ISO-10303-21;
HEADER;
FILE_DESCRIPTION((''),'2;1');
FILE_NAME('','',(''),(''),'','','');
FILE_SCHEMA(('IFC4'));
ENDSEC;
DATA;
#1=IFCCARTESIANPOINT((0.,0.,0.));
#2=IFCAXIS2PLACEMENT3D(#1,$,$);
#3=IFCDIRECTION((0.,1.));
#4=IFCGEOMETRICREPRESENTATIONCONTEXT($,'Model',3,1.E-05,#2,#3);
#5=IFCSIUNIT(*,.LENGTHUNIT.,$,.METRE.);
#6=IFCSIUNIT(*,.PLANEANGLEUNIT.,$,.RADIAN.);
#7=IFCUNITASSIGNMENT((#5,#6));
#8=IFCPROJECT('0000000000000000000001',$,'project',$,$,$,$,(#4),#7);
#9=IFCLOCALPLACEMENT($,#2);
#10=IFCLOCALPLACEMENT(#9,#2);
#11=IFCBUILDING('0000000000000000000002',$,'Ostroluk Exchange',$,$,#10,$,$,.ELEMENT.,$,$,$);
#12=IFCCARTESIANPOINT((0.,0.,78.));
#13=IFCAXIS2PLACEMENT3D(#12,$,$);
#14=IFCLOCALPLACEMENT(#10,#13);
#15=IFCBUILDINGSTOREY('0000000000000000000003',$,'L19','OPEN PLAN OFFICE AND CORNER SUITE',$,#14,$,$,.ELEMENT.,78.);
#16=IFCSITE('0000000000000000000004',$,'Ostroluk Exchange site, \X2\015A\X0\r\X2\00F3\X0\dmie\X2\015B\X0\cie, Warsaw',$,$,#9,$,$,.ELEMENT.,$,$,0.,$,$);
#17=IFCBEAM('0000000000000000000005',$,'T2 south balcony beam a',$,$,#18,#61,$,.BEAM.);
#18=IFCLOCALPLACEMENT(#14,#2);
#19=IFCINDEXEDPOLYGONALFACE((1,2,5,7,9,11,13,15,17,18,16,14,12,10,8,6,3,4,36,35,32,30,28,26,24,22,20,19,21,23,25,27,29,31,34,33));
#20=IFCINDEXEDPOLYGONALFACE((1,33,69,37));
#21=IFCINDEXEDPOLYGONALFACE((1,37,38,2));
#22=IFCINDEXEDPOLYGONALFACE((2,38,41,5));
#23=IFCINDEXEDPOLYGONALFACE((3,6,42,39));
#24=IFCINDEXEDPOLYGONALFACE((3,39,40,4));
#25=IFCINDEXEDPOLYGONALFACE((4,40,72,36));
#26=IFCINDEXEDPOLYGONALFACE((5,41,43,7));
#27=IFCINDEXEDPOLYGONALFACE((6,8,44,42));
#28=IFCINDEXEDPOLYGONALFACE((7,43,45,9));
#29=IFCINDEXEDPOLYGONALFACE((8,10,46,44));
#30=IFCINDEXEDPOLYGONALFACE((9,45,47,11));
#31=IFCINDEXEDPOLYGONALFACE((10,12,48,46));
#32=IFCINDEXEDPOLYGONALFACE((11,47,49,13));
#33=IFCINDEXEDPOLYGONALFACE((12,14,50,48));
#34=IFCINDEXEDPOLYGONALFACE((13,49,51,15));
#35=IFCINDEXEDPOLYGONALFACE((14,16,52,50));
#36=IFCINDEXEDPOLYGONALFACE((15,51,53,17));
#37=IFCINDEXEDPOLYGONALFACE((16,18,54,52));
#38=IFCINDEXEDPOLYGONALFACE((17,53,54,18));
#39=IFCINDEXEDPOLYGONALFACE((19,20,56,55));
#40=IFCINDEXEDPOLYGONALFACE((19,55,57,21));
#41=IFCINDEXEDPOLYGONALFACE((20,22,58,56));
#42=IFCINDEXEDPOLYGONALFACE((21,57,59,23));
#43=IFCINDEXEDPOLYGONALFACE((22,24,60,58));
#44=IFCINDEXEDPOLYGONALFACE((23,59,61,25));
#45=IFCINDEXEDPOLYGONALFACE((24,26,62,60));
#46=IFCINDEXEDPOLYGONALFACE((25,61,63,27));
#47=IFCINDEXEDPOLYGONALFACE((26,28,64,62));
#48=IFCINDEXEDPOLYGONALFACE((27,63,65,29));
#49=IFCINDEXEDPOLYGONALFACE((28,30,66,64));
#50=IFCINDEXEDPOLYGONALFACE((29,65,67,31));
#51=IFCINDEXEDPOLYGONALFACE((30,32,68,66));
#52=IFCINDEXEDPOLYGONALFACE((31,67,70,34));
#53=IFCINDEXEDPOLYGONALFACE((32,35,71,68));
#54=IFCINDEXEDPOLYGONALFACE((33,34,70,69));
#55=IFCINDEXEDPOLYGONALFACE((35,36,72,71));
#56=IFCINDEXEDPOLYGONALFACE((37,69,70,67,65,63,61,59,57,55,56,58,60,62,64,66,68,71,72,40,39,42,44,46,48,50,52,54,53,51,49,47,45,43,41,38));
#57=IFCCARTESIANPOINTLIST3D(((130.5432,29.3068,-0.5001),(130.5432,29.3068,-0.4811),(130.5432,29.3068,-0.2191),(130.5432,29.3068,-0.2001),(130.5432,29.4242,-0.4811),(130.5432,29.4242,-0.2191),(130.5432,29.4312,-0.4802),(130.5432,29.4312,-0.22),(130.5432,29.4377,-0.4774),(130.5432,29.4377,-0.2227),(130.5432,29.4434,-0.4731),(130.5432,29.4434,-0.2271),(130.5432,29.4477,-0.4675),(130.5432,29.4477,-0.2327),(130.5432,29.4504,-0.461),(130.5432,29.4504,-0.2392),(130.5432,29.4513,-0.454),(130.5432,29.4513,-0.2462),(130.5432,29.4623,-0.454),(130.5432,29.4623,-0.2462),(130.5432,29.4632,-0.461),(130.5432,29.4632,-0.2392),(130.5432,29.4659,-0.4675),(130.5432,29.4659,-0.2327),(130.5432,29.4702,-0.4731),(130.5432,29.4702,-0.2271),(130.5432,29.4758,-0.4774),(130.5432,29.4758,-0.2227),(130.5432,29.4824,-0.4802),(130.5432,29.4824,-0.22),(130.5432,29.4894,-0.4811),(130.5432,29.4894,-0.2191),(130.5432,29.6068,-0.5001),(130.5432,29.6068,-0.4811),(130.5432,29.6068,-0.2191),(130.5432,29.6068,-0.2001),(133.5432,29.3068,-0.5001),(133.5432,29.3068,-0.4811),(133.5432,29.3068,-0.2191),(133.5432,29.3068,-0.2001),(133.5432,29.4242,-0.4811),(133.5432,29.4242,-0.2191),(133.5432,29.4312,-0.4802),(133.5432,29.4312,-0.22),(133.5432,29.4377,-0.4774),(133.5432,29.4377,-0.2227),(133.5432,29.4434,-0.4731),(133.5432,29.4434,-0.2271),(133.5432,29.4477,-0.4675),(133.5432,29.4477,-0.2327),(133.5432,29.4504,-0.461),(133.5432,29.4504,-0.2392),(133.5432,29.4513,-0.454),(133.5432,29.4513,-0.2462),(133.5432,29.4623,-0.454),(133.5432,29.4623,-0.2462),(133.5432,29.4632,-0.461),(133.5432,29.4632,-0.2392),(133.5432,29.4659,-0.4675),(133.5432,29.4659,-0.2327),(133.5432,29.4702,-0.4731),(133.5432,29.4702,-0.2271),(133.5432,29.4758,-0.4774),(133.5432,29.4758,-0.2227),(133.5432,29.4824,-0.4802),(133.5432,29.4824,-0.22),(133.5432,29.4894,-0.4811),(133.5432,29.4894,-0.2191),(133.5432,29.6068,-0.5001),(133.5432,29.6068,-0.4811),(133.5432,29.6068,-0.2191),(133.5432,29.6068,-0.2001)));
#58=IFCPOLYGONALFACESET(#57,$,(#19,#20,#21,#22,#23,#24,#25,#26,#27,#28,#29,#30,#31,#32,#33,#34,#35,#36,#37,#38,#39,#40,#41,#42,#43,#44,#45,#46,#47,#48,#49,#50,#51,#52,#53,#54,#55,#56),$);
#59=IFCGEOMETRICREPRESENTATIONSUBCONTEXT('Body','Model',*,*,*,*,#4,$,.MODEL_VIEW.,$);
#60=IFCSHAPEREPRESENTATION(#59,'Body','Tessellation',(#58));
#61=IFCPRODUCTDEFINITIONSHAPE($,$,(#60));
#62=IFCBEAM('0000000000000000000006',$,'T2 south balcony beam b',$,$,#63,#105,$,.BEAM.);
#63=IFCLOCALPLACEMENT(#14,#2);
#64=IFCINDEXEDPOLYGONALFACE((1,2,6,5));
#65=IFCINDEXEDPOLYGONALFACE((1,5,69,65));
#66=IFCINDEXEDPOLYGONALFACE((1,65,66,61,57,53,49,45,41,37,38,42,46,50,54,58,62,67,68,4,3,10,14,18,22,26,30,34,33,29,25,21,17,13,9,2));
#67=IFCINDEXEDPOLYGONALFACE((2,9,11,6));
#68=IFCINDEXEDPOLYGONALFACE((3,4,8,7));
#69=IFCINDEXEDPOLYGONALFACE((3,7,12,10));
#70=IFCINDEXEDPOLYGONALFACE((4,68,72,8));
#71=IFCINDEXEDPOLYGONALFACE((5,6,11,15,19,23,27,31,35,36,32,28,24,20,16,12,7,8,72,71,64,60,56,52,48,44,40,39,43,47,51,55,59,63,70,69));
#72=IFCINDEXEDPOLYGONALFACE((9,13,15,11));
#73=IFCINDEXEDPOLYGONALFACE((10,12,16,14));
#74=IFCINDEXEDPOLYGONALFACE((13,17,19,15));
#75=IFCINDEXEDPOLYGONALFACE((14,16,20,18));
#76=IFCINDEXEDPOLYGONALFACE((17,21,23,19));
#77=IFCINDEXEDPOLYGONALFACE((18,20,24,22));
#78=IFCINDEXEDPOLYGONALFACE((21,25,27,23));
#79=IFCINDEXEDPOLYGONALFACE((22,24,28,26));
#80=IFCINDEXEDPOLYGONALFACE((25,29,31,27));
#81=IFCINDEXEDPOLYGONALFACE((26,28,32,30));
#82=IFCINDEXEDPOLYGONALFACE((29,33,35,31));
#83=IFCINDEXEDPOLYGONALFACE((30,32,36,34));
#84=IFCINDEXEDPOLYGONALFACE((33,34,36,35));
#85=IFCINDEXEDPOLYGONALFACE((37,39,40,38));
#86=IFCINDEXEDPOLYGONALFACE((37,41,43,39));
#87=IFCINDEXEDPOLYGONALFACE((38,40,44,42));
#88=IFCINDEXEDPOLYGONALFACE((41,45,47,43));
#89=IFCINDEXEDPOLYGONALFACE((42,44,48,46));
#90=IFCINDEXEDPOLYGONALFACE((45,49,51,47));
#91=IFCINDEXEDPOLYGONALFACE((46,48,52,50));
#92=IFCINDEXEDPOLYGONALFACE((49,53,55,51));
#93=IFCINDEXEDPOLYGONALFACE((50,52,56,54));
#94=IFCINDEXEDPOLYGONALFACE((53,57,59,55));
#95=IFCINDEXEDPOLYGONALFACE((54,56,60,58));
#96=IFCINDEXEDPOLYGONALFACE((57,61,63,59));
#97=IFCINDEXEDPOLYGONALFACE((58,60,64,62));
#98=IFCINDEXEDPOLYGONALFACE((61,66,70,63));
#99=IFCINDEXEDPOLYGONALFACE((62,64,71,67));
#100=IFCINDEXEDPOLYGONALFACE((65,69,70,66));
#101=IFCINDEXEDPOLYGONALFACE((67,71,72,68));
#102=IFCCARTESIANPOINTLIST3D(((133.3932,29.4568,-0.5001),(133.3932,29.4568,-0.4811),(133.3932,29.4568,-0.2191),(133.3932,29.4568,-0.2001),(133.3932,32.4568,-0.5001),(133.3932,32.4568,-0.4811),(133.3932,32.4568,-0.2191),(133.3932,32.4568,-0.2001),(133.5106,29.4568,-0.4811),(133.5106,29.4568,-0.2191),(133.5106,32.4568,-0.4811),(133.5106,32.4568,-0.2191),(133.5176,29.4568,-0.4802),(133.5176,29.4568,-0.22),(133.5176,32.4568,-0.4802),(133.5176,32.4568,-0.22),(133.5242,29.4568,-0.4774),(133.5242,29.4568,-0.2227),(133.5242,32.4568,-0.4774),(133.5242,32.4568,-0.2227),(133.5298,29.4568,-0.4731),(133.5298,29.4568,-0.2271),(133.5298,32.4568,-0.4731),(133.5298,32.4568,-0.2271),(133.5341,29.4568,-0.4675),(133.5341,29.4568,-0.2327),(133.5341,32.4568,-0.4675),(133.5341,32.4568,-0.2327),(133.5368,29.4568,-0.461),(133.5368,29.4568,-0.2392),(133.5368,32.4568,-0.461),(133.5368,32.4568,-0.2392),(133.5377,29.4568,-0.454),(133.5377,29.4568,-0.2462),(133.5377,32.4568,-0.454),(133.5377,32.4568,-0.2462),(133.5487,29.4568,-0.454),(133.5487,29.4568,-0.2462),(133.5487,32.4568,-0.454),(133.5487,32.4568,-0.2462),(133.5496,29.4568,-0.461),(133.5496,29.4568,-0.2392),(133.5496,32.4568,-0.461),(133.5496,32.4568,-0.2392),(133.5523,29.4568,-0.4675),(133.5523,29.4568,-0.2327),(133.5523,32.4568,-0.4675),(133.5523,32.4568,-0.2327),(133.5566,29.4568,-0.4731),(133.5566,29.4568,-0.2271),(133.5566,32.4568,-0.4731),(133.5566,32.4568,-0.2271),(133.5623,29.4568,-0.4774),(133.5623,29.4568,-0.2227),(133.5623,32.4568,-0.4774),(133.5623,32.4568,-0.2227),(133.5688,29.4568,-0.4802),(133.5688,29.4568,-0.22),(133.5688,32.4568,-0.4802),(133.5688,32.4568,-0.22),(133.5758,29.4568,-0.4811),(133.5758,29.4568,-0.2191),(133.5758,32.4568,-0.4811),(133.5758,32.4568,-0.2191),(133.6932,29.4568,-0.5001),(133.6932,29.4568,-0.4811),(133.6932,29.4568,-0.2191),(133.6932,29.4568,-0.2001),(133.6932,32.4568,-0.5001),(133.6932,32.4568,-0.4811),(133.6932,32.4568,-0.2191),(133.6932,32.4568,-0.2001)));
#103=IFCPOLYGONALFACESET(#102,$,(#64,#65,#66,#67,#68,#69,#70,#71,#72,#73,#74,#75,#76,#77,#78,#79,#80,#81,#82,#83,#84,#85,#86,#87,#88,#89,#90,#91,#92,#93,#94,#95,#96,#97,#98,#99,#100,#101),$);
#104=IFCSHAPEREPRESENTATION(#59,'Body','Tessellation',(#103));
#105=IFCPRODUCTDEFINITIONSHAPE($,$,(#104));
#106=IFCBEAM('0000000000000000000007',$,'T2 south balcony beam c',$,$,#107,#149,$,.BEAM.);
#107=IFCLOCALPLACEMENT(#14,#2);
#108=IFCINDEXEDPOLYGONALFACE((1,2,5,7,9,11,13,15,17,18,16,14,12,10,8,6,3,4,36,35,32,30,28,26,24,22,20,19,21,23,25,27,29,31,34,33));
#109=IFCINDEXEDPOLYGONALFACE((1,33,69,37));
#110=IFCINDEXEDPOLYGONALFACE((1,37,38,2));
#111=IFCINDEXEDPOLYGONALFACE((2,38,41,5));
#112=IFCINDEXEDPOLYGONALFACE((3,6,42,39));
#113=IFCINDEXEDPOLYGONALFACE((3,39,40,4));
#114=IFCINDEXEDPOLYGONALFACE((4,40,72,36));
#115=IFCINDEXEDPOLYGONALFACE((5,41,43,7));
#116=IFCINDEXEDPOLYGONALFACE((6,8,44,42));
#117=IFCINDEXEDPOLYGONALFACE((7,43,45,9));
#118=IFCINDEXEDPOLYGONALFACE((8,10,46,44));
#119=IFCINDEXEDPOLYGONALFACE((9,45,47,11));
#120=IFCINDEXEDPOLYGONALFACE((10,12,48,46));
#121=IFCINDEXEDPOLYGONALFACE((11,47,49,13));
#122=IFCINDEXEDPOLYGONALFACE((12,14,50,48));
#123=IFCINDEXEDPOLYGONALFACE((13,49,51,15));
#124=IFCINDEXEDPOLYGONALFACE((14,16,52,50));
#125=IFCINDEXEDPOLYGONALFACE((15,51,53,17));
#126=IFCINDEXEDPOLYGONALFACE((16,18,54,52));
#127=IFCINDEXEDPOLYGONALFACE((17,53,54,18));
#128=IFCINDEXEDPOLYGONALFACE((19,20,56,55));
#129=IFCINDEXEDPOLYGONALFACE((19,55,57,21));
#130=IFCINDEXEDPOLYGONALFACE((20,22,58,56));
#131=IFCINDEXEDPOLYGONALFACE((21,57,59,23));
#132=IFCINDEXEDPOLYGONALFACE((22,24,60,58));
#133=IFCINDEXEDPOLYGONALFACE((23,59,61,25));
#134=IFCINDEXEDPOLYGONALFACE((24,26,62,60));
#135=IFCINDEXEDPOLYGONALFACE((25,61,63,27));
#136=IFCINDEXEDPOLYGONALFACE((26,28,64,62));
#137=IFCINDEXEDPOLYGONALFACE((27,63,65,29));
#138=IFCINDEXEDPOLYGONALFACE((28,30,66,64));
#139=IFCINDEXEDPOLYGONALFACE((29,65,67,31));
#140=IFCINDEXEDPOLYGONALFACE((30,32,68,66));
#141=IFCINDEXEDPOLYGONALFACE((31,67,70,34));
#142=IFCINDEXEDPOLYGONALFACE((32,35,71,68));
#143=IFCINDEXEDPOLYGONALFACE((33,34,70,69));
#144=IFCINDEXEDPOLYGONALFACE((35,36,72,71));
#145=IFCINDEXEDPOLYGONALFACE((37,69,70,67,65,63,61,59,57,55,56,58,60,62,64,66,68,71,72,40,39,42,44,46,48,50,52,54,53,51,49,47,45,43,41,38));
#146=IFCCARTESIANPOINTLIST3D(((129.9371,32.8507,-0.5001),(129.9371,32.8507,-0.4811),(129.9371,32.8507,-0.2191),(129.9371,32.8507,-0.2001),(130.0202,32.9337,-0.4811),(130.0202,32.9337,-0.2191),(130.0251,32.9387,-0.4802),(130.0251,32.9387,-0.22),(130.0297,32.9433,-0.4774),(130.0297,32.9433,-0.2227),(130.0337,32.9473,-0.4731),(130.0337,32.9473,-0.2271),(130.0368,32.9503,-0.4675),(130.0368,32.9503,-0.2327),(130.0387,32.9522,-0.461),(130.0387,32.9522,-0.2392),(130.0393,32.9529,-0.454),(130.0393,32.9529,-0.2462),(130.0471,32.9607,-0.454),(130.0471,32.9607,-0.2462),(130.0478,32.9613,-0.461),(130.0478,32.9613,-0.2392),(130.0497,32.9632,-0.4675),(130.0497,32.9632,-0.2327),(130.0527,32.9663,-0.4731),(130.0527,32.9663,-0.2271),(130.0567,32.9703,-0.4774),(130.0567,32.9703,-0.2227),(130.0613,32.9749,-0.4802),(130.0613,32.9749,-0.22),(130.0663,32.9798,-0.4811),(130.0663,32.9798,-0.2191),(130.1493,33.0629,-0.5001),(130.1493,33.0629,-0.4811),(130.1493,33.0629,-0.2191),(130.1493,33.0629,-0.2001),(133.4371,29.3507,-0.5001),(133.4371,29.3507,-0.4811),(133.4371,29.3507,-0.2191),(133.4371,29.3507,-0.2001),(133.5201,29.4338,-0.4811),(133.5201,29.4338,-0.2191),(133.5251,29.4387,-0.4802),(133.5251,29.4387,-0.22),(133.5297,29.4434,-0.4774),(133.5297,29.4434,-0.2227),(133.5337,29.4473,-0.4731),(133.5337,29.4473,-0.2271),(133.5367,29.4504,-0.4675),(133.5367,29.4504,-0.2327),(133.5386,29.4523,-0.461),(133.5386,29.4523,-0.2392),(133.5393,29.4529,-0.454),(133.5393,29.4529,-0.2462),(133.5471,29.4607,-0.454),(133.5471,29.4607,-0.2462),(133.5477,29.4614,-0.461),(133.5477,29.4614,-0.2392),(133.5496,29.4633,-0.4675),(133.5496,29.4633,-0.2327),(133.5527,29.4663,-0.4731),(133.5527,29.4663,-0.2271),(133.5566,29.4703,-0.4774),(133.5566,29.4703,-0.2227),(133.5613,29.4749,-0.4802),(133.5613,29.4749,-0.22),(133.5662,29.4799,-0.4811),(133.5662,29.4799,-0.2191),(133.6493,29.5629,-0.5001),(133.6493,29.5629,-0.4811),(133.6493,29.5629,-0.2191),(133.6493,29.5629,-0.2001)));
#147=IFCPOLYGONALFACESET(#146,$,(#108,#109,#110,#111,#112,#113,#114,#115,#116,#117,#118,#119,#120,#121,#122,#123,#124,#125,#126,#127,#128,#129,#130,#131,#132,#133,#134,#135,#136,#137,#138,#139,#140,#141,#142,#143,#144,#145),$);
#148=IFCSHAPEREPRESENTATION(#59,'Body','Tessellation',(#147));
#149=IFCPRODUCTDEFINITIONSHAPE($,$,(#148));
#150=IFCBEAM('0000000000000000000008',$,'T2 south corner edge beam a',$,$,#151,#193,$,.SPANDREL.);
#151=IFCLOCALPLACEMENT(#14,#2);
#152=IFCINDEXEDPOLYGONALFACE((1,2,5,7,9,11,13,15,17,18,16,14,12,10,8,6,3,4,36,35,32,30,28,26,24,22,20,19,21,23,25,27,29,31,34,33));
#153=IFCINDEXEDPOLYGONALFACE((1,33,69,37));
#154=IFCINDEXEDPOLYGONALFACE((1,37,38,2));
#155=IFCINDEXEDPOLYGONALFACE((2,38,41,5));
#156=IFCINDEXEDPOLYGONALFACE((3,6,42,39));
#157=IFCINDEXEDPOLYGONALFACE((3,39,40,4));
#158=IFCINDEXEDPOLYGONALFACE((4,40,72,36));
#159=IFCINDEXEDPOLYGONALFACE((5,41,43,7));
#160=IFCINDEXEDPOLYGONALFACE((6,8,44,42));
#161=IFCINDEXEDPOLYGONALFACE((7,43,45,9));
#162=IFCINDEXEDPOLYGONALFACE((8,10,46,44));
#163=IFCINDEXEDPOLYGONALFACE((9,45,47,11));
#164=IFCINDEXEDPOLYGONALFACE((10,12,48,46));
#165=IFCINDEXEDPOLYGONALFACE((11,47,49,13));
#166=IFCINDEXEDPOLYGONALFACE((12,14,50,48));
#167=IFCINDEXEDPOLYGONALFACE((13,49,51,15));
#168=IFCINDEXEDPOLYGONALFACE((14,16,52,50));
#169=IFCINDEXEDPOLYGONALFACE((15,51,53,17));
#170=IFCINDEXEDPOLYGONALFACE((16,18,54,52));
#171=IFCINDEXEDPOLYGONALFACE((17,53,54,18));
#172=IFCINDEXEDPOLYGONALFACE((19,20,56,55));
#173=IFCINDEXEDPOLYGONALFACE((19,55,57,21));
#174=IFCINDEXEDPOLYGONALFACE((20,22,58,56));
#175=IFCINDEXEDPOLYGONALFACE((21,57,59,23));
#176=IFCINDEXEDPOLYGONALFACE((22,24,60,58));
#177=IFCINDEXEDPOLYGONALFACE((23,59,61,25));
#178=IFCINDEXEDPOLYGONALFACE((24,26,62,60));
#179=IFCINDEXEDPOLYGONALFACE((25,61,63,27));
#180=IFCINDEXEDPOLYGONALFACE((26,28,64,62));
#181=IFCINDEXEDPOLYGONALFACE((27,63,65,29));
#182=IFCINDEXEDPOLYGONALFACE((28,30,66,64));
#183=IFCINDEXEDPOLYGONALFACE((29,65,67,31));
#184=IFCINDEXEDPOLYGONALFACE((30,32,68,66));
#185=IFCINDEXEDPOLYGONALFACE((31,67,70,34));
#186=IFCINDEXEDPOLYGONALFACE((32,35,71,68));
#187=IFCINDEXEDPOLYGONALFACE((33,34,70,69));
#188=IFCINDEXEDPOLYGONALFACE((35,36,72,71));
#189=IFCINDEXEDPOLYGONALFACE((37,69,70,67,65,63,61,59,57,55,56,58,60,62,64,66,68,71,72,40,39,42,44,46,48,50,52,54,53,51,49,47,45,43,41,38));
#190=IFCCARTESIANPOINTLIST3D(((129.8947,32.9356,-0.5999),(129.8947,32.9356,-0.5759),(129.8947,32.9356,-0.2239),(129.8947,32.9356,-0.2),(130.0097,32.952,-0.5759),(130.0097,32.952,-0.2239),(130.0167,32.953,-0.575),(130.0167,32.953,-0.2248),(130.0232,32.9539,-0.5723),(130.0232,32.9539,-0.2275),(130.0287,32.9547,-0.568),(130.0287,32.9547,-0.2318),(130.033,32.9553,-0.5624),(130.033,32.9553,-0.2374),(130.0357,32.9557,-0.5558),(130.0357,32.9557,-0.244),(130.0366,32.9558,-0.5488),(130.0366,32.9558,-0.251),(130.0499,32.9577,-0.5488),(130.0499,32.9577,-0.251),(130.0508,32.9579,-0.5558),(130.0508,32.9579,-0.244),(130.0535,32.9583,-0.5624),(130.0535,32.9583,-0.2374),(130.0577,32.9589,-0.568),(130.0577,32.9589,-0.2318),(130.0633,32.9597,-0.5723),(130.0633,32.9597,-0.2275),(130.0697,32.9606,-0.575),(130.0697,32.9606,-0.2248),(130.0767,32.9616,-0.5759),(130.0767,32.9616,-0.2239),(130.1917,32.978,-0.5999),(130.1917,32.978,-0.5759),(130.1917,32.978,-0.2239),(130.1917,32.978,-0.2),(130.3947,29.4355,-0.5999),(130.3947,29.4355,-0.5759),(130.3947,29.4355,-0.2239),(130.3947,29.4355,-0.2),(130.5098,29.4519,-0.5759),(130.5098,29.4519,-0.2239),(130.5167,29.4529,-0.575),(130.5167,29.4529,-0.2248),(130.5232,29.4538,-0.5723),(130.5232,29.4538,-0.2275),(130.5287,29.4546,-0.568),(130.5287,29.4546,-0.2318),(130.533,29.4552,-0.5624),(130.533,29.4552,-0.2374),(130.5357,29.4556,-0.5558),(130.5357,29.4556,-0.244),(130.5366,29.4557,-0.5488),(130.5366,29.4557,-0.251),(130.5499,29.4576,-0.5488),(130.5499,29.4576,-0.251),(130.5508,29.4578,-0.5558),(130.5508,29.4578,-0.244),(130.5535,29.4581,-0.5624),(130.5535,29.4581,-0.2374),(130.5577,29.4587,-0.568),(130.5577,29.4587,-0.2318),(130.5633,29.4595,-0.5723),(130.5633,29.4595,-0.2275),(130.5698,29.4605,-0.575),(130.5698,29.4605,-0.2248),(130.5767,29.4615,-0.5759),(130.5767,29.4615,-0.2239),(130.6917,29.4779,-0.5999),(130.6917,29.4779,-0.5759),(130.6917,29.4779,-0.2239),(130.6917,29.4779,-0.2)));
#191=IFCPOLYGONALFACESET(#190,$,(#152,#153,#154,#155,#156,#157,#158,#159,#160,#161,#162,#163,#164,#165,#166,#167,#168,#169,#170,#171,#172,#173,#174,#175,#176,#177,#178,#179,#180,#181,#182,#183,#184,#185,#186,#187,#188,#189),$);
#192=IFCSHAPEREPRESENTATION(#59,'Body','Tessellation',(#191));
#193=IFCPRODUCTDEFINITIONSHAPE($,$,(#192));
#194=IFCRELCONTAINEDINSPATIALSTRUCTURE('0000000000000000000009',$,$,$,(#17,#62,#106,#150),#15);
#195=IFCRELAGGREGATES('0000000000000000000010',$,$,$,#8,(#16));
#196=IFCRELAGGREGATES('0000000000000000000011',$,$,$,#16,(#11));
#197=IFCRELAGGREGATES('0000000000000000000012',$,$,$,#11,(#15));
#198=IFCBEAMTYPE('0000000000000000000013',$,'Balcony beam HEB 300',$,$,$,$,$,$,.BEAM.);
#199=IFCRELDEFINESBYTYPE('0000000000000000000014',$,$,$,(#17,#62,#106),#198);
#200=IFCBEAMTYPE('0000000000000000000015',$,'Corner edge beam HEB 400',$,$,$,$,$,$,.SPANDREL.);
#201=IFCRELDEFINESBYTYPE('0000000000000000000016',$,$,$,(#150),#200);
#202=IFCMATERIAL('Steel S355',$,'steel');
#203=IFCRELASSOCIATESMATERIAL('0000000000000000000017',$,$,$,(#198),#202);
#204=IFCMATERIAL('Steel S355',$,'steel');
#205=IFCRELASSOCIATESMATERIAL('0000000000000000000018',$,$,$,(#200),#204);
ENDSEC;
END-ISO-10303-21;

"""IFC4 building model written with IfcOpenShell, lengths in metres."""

from ifc_helpers import new_model, si_unit, direction, frame, origin, origin_2d, place, context, subcontext, project, spatial, i_section, extrude, material, material_profile, profile_set, type_object, element, save


model = new_model("IFC4")

# Units and contexts
model_context = context("Model", 3, precision=1e-05, world=origin(), true_north=direction((0.0, 1.0)))
body_context = subcontext(model_context, "Body", "Model", "MODEL_VIEW")
ifc_project = project(units=[si_unit("LENGTHUNIT", "METRE"), si_unit("PLANEANGLEUNIT", "RADIAN")], contexts=[model_context])

# Site, building, storey
site_placement = place(None, origin())
site = spatial("IfcSite", under=ifc_project, at=site_placement, Name="Ostroluk Exchange site, Śródmieście, Warsaw", CompositionType="ELEMENT", RefElevation=0.0)
building_placement = place(site_placement, origin())
building = spatial("IfcBuilding", under=site, at=building_placement, Name="Ostroluk Exchange", CompositionType="ELEMENT")
storey_placement = place(building_placement, frame((0.0, 0.0, 78.0)))
storey = spatial("IfcBuildingStorey", under=building, at=storey_placement, Name="L19", Description="OPEN PLAN OFFICE AND CORNER SUITE", CompositionType="ELEMENT", Elevation=78.0)

# Beams
ifc_material_1 = material(Name="Steel S355", Category="steel")
ifc_material_profile_1 = material_profile(ifc_material_1, i_section(OverallWidth=0.3, OverallDepth=0.3, WebThickness=0.011, FlangeThickness=0.019, FilletRadius=0.0271, at=origin_2d()), Name="HEB 300")
ifc_profile_set_1 = profile_set([ifc_material_profile_1], Name="Steel S355")
beam_type_1 = type_object("IfcBeamType", Name="Balcony beam HEB 300", PredefinedType="BEAM", material=ifc_profile_set_1)
for number, where, z_axis, x_axis, name in (
    (1, (130.5432, 29.4568, -0.3501), (1.0, 0.0, 0.0), (0.0, 1.0, 0.0), "T2 south balcony beam a"),
    (2, (133.5432, 32.4568, -0.3501), (0.0, -1.0, 0.0), (1.0, 0.0, 0.0), "T2 south balcony beam b"),
):
    element("IfcBeam", number, at=place(storey_placement, frame(where, z_axis=z_axis, x_axis=x_axis)), inside=storey, type_object=beam_type_1, Name=name, PredefinedType="BEAM", context=body_context, shape_type="SweptSolid", body=[
        extrude(i_section(OverallWidth=0.3, OverallDepth=0.3, WebThickness=0.011, FlangeThickness=0.019, FilletRadius=0.0271, at=origin_2d()), origin(), (0.0, 0.0, 1.0), 3.0),
    ])
beam_1_placement = place(storey_placement, frame((130.0432, 32.9568, -0.3501), z_axis=(0.707107, -0.707107, 0.0), x_axis=(0.707107, 0.707107, 0.0)))
element("IfcBeam", 3, at=beam_1_placement, inside=storey, type_object=beam_type_1, Name="T2 south balcony beam c", PredefinedType="BEAM", context=body_context, shape_type="SweptSolid", body=[
    extrude(i_section(OverallWidth=0.3, OverallDepth=0.3, WebThickness=0.011, FlangeThickness=0.019, FilletRadius=0.0271, at=origin_2d()), origin(), (0.0, 0.0, 1.0), 4.9497),
])
ifc_material_2 = material(Name="Steel S355", Category="steel")
ifc_material_profile_2 = material_profile(ifc_material_2, i_section(OverallWidth=0.3, OverallDepth=0.3999, WebThickness=0.0134, FlangeThickness=0.0239, FilletRadius=0.0271, at=origin_2d()), Name="HEB 400")
ifc_profile_set_2 = profile_set([ifc_material_profile_2], Name="Steel S355")
beam_type_2 = type_object("IfcBeamType", Name="Corner edge beam HEB 400", PredefinedType="SPANDREL", material=ifc_profile_set_2)
for number, where, z_axis, x_axis, name in (
    (4, (130.0432, 32.9568, -0.3999), (0.141421, -0.989949, 0.0), (0.989949, 0.141421, 0.0), "T2 south corner edge beam a"),
):
    element("IfcBeam", number, at=place(storey_placement, frame(where, z_axis=z_axis, x_axis=x_axis)), inside=storey, type_object=beam_type_2, Name=name, PredefinedType="SPANDREL", context=body_context, shape_type="SweptSolid", body=[
        extrude(i_section(OverallWidth=0.3, OverallDepth=0.3999, WebThickness=0.0134, FlangeThickness=0.0239, FilletRadius=0.0271, at=origin_2d()), origin(), (0.0, 0.0, 1.0), 3.5356),
    ])

save(model, "model.ifc")
